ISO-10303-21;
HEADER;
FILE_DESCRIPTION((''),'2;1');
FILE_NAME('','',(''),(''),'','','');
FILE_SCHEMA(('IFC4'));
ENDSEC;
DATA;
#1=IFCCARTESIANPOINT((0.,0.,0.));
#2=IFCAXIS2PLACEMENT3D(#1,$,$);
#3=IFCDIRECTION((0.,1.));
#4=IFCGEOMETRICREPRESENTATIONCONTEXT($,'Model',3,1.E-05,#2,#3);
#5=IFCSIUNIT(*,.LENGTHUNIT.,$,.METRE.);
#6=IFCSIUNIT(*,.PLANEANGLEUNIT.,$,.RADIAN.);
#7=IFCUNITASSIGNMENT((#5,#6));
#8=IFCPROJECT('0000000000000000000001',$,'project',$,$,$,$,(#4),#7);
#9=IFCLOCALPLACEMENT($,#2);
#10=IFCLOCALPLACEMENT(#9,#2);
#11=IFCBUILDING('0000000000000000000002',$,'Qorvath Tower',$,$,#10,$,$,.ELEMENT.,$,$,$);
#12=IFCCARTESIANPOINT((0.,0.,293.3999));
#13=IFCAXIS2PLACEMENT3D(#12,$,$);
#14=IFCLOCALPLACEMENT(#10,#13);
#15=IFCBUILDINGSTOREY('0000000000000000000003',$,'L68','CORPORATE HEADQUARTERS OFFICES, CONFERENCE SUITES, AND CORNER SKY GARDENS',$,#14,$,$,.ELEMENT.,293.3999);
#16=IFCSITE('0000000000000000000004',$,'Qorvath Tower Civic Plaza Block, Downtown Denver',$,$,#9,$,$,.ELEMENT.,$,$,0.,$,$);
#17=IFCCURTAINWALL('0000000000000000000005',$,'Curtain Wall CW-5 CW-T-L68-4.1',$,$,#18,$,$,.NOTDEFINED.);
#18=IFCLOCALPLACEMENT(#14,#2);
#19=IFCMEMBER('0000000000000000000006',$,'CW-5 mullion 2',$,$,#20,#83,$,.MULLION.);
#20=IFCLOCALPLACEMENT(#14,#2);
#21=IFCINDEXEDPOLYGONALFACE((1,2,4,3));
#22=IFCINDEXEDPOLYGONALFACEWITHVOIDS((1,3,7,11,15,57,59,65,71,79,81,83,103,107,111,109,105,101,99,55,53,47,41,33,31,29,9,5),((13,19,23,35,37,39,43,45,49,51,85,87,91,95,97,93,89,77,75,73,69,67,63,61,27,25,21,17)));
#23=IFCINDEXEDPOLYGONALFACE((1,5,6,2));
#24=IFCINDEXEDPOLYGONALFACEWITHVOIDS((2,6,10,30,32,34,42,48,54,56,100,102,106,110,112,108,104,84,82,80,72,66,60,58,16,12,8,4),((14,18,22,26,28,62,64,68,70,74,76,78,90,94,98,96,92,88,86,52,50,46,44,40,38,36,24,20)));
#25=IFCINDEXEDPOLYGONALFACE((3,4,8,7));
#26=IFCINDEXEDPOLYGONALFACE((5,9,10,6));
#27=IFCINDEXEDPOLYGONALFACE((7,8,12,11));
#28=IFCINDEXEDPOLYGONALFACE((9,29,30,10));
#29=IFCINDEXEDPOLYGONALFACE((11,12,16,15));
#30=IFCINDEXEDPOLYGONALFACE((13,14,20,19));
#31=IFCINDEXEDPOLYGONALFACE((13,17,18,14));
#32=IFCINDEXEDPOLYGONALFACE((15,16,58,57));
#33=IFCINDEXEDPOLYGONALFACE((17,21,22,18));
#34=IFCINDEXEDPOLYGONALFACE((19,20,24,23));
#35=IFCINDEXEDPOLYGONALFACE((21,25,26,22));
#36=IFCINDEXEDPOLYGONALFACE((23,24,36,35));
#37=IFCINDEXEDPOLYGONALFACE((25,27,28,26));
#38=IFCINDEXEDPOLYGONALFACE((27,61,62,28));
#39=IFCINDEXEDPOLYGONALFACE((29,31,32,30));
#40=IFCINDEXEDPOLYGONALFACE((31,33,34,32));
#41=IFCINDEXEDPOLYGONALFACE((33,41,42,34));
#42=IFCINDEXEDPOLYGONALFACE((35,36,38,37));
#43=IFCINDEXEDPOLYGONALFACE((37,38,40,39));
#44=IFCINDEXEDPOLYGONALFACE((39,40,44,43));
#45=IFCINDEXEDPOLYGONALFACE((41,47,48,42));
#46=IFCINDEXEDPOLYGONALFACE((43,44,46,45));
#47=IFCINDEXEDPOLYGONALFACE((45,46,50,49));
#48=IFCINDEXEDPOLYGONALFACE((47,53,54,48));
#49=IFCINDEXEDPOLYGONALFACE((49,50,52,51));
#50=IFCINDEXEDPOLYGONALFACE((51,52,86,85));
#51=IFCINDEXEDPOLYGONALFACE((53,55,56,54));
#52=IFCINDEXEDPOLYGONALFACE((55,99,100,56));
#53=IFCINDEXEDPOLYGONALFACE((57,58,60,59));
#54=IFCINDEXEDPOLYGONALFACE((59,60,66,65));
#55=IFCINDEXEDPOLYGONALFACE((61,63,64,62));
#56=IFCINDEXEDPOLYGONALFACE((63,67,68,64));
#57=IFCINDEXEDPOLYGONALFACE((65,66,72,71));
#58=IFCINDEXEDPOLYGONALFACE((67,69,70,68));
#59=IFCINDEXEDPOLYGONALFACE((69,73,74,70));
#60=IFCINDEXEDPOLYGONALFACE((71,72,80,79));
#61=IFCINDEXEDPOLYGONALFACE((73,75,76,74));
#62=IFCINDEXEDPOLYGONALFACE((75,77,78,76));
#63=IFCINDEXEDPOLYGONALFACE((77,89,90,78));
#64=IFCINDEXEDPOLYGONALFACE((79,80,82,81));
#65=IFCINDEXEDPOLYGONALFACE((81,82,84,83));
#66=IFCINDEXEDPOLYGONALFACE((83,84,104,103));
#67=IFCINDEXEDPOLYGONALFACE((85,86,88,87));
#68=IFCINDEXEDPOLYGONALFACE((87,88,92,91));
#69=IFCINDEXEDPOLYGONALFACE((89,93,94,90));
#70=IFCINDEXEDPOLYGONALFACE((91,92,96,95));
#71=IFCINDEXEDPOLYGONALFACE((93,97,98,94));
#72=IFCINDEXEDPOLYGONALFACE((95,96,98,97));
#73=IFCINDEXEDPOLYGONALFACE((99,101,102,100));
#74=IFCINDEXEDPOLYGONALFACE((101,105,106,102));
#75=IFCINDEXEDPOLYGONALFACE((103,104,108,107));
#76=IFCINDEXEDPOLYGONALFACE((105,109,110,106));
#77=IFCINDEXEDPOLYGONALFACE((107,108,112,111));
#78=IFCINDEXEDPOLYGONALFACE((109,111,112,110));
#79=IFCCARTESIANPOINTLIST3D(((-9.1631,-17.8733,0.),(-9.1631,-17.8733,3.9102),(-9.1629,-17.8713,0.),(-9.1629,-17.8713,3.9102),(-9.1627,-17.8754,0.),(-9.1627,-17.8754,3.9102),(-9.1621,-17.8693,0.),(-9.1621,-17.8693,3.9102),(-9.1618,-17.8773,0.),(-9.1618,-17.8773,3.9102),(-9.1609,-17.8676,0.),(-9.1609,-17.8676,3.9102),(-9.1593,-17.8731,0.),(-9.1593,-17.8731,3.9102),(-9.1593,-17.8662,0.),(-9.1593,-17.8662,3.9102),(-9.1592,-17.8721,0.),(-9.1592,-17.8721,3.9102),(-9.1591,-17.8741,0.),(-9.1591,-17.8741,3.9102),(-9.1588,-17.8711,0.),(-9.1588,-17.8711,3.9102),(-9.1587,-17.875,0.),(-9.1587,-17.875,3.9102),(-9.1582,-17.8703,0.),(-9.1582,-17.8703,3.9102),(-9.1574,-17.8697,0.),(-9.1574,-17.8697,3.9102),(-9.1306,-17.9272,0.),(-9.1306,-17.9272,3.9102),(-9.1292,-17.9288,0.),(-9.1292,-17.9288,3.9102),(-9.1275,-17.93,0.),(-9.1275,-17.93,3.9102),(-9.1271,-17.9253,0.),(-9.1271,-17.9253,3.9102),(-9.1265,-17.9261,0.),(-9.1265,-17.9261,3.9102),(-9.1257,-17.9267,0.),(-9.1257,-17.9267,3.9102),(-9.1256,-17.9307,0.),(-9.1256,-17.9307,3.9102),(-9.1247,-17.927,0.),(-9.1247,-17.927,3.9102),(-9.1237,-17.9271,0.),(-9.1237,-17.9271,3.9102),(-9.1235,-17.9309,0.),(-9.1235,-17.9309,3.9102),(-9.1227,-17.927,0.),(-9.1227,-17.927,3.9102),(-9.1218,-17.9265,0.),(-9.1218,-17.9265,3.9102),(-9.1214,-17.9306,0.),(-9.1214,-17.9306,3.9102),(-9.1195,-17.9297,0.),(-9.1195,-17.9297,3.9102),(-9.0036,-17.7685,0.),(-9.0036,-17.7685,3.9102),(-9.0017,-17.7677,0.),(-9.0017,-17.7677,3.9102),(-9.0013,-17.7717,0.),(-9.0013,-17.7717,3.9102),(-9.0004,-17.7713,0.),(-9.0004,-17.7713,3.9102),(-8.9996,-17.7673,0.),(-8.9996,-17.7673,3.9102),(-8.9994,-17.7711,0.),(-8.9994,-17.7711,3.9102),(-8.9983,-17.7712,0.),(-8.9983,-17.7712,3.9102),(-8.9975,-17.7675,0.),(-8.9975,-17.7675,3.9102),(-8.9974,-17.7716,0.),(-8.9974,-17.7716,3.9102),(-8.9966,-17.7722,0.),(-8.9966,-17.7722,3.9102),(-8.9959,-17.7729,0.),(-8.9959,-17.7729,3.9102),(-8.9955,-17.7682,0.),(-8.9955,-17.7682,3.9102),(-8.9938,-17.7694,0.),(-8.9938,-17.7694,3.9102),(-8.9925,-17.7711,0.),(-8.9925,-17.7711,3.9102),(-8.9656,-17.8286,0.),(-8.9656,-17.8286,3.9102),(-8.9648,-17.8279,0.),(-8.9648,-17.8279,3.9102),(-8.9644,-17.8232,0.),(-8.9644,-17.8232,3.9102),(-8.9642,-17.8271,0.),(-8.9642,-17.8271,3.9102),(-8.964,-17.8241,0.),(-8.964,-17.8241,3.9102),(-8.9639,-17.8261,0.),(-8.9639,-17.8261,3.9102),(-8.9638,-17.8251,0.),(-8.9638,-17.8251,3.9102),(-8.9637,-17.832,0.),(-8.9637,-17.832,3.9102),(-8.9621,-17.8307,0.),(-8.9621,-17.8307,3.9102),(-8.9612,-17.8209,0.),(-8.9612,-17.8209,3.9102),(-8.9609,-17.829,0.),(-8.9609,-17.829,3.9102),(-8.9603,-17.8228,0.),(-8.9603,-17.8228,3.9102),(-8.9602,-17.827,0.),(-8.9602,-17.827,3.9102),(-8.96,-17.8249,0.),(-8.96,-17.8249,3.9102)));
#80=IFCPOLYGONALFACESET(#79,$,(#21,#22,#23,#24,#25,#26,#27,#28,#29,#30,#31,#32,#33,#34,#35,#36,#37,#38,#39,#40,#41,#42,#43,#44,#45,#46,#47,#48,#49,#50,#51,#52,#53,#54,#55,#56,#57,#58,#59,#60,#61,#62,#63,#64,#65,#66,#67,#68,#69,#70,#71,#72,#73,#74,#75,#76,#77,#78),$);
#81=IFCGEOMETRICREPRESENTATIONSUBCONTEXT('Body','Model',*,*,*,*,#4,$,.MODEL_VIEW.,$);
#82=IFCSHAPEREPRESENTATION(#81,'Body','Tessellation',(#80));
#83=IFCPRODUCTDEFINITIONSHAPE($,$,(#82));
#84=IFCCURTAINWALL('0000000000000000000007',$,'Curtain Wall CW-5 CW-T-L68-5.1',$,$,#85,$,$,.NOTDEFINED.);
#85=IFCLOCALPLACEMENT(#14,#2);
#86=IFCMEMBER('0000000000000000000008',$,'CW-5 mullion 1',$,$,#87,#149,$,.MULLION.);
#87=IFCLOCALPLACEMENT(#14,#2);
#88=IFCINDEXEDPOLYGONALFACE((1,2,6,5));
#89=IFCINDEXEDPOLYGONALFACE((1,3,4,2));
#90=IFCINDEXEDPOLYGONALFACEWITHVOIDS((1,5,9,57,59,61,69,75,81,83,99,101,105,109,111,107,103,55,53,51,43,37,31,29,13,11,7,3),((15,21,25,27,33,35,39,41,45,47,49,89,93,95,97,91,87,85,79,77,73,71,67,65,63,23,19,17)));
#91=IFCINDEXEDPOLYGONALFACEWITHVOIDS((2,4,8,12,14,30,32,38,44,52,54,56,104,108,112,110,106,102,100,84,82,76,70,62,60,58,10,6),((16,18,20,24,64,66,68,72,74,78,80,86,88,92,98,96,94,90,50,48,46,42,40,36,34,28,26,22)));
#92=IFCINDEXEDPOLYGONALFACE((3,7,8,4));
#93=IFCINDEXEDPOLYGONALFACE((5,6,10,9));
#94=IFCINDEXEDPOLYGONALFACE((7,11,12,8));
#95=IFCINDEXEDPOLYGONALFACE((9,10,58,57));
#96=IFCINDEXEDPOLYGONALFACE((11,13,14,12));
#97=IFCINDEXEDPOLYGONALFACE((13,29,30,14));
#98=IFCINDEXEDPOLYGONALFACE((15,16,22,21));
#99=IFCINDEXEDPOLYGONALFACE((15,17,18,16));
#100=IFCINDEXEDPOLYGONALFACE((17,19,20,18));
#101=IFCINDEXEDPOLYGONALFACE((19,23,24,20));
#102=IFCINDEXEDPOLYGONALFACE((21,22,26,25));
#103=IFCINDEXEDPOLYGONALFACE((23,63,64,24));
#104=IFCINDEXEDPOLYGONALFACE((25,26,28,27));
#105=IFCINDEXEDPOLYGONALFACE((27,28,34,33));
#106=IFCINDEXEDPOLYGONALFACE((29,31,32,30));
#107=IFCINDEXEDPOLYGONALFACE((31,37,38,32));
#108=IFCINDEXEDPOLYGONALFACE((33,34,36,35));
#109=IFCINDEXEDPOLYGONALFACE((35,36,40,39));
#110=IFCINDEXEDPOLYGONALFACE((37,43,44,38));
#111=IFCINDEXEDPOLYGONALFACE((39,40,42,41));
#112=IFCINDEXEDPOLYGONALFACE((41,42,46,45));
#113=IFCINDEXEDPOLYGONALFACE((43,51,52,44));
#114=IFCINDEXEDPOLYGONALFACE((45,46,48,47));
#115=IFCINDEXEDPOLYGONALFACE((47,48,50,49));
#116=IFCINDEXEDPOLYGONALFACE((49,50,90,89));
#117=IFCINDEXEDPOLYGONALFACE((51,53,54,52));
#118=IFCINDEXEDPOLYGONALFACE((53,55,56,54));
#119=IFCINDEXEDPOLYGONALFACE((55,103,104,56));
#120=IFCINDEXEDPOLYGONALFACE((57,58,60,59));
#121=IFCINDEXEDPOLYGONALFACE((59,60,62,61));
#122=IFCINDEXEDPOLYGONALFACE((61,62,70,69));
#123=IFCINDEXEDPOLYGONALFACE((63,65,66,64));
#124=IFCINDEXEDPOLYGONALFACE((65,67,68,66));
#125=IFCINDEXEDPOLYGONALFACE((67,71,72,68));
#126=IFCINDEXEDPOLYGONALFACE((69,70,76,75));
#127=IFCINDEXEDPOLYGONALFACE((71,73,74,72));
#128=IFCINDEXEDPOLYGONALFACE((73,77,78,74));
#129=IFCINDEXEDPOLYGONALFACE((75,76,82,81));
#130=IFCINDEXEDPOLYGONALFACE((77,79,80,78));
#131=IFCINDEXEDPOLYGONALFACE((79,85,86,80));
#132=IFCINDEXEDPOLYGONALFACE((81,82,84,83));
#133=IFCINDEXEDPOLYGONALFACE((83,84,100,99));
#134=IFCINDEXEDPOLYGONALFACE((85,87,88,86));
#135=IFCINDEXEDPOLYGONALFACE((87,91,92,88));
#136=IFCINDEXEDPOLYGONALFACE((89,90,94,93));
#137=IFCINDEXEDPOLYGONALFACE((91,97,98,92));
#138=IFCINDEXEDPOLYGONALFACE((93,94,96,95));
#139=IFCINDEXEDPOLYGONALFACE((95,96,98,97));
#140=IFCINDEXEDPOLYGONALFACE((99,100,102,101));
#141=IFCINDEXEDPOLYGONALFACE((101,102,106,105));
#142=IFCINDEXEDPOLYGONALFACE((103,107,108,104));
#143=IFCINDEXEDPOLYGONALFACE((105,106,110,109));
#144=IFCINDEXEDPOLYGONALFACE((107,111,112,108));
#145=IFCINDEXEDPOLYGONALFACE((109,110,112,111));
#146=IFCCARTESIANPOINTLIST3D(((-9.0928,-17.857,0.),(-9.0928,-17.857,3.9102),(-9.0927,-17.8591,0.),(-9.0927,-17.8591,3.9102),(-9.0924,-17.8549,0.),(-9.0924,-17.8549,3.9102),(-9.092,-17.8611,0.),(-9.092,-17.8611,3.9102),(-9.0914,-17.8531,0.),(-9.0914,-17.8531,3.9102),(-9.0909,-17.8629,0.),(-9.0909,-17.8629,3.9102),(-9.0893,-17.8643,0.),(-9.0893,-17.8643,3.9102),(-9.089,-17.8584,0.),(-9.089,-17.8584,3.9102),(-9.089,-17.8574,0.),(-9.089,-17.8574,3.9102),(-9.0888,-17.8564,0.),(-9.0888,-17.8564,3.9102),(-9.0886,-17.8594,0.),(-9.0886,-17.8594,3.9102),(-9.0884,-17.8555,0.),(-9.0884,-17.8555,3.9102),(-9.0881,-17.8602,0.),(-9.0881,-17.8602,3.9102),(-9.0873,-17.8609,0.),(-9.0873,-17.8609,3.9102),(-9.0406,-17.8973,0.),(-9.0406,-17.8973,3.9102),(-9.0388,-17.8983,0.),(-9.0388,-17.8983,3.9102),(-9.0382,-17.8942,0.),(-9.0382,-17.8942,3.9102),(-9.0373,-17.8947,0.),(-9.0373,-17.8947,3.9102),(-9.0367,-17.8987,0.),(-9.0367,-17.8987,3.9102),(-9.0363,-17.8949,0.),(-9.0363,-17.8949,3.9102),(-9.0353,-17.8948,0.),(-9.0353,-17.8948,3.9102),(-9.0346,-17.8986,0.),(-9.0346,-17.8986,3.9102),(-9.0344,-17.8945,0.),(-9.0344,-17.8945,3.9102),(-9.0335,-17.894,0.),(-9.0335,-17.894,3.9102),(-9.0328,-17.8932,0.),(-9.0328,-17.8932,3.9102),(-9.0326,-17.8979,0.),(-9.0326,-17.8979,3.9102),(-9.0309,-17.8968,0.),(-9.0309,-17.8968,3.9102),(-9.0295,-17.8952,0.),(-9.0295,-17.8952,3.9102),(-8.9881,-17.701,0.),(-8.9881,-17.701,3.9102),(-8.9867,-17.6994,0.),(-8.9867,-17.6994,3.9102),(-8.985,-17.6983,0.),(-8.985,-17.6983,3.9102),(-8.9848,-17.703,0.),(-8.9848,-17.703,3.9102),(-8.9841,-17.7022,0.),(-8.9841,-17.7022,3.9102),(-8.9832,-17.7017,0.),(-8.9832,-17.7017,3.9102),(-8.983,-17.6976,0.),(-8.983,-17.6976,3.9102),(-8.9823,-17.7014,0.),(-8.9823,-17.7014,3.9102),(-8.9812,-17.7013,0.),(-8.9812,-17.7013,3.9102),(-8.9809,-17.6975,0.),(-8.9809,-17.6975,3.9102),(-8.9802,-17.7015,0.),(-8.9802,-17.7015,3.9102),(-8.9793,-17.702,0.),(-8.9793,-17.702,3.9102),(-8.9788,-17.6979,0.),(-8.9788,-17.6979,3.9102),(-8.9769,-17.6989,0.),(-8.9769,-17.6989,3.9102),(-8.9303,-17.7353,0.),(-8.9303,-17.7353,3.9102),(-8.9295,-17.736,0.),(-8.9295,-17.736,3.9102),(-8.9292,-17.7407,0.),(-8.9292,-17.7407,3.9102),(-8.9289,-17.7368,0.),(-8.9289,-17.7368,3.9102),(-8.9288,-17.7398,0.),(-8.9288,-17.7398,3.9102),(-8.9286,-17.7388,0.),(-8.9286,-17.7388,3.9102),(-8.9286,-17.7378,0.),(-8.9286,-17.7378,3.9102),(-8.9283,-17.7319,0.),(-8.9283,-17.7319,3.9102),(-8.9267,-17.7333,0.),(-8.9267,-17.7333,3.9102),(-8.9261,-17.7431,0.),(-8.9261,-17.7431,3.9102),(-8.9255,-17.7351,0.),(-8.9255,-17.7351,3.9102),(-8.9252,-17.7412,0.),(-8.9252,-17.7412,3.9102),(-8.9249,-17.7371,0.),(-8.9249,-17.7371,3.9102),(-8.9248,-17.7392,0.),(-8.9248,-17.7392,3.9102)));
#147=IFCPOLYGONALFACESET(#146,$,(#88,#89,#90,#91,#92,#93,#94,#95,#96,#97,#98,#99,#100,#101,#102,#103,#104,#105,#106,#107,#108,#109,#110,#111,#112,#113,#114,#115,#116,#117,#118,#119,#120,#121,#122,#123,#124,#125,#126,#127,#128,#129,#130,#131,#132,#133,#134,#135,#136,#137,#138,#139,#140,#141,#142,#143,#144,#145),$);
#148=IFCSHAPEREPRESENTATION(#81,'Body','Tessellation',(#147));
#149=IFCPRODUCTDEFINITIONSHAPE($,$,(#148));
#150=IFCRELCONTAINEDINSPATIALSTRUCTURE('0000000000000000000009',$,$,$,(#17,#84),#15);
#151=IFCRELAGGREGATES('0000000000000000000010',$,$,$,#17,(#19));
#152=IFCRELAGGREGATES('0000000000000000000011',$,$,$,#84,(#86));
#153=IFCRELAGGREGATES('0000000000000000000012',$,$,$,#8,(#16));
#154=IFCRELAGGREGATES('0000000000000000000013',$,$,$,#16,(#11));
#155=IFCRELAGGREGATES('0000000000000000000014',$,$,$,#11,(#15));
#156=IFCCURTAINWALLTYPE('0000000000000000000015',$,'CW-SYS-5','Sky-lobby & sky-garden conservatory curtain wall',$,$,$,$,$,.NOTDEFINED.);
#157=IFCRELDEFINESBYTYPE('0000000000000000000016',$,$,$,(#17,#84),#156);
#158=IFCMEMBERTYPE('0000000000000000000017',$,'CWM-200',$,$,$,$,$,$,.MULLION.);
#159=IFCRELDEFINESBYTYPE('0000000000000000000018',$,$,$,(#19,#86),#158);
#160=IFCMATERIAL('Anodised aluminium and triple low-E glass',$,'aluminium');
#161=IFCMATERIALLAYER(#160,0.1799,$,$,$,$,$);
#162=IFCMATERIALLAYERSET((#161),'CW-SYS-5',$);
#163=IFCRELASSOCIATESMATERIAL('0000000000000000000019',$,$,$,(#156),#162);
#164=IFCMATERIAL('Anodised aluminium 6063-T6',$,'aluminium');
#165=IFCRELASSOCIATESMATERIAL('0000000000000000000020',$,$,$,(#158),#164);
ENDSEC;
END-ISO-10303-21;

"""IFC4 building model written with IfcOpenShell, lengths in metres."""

from ifc_helpers import new_model, si_unit, direction, frame, origin, origin_2d, place, context, subcontext, project, spatial, hollow_rectangle, extrude, material, layer, layer_set, material_profile, profile_set, type_object, element, aggregate, save


model = new_model("IFC4")

# Units and contexts
model_context = context("Model", 3, precision=1e-05, world=origin(), true_north=direction((0.0, 1.0)))
body_context = subcontext(model_context, "Body", "Model", "MODEL_VIEW")
ifc_project = project(units=[si_unit("LENGTHUNIT", "METRE"), si_unit("PLANEANGLEUNIT", "RADIAN")], contexts=[model_context])

# Site, building, storey
site_placement = place(None, origin())
site = spatial("IfcSite", under=ifc_project, at=site_placement, Name="Qorvath Tower Civic Plaza Block, Downtown Denver", CompositionType="ELEMENT", RefElevation=0.0)
building_placement = place(site_placement, origin())
building = spatial("IfcBuilding", under=site, at=building_placement, Name="Qorvath Tower", CompositionType="ELEMENT")
storey_placement = place(building_placement, frame((0.0, 0.0, 293.3999)))
storey = spatial("IfcBuildingStorey", under=building, at=storey_placement, Name="L68", Description="CORPORATE HEADQUARTERS OFFICES, CONFERENCE SUITES, AND CORNER SKY GARDENS", CompositionType="ELEMENT", Elevation=293.3999)

# Shared definitions
ifc_material_1 = material(Name="Anodised aluminium and triple low-E glass", Category="aluminium")
ifc_layer_1 = layer(ifc_material_1, 0.1799)
ifc_layer_set_1 = layer_set([ifc_layer_1], Name="CW-SYS-5")
curtain_wall_type = type_object("IfcCurtainWallType", Name="CW-SYS-5", Description="Sky-lobby & sky-garden conservatory curtain wall", PredefinedType="NOTDEFINED", material=ifc_layer_set_1)
ifc_material_2 = material(Name="Anodised aluminium 6063-T6", Category="aluminium")
ifc_material_profile_1 = material_profile(ifc_material_2, hollow_rectangle(XDim=0.075, YDim=0.2, WallThickness=0.0039, InnerFilletRadius=0.0039, OuterFilletRadius=0.0081, at=origin_2d()), Name="CWM 200x75")
ifc_profile_set_1 = profile_set([ifc_material_profile_1], Name="Anodised aluminium 6063-T6")
member_type_1 = type_object("IfcMemberType", Name="CWM-200", PredefinedType="MULLION", material=ifc_profile_set_1)

# Curtain walls, members
curtain_wall_1_placement = place(storey_placement, origin())
curtain_wall_1 = element("IfcCurtainWall", 1, at=curtain_wall_1_placement, inside=storey, type_object=curtain_wall_type, Name="Curtain Wall CW-5 CW-T-L68-4.1", PredefinedType="NOTDEFINED")
member_1_placement = place(storey_placement, frame((-9.0615, -17.8491, 0.0), z_axis=(0.0, 0.0, 1.0), x_axis=(-0.531429, 0.847103, 0.0)))
member_1 = element("IfcMember", 2, at=member_1_placement, type_object=member_type_1, Name="CW-5 mullion 2", PredefinedType="MULLION", context=body_context, shape_type="SweptSolid", body=[
    extrude(hollow_rectangle(XDim=0.075, YDim=0.2, WallThickness=0.0039, InnerFilletRadius=0.0039, OuterFilletRadius=0.0081, at=origin_2d()), origin(), (0.0, 0.0, 1.0), 3.9102),
])
curtain_wall_2_placement = place(storey_placement, origin())
curtain_wall_2 = element("IfcCurtainWall", 3, at=curtain_wall_2_placement, inside=storey, type_object=curtain_wall_type, Name="Curtain Wall CW-5 CW-T-L68-5.1", PredefinedType="NOTDEFINED")
member_2_placement = place(storey_placement, frame((-9.0088, -17.7981, 0.0), z_axis=(0.0, 0.0, 1.0), x_axis=(-0.827127, 0.562015, 0.0)))
member_2 = element("IfcMember", 4, at=member_2_placement, type_object=member_type_1, Name="CW-5 mullion 1", PredefinedType="MULLION", context=body_context, shape_type="SweptSolid", body=[
    extrude(hollow_rectangle(XDim=0.075, YDim=0.2, WallThickness=0.0039, InnerFilletRadius=0.0039, OuterFilletRadius=0.0081, at=origin_2d()), origin(), (0.0, 0.0, 1.0), 3.9102),
])

aggregate(curtain_wall_1, [member_1])
aggregate(curtain_wall_2, [member_2])

save(model, "model.ifc")
